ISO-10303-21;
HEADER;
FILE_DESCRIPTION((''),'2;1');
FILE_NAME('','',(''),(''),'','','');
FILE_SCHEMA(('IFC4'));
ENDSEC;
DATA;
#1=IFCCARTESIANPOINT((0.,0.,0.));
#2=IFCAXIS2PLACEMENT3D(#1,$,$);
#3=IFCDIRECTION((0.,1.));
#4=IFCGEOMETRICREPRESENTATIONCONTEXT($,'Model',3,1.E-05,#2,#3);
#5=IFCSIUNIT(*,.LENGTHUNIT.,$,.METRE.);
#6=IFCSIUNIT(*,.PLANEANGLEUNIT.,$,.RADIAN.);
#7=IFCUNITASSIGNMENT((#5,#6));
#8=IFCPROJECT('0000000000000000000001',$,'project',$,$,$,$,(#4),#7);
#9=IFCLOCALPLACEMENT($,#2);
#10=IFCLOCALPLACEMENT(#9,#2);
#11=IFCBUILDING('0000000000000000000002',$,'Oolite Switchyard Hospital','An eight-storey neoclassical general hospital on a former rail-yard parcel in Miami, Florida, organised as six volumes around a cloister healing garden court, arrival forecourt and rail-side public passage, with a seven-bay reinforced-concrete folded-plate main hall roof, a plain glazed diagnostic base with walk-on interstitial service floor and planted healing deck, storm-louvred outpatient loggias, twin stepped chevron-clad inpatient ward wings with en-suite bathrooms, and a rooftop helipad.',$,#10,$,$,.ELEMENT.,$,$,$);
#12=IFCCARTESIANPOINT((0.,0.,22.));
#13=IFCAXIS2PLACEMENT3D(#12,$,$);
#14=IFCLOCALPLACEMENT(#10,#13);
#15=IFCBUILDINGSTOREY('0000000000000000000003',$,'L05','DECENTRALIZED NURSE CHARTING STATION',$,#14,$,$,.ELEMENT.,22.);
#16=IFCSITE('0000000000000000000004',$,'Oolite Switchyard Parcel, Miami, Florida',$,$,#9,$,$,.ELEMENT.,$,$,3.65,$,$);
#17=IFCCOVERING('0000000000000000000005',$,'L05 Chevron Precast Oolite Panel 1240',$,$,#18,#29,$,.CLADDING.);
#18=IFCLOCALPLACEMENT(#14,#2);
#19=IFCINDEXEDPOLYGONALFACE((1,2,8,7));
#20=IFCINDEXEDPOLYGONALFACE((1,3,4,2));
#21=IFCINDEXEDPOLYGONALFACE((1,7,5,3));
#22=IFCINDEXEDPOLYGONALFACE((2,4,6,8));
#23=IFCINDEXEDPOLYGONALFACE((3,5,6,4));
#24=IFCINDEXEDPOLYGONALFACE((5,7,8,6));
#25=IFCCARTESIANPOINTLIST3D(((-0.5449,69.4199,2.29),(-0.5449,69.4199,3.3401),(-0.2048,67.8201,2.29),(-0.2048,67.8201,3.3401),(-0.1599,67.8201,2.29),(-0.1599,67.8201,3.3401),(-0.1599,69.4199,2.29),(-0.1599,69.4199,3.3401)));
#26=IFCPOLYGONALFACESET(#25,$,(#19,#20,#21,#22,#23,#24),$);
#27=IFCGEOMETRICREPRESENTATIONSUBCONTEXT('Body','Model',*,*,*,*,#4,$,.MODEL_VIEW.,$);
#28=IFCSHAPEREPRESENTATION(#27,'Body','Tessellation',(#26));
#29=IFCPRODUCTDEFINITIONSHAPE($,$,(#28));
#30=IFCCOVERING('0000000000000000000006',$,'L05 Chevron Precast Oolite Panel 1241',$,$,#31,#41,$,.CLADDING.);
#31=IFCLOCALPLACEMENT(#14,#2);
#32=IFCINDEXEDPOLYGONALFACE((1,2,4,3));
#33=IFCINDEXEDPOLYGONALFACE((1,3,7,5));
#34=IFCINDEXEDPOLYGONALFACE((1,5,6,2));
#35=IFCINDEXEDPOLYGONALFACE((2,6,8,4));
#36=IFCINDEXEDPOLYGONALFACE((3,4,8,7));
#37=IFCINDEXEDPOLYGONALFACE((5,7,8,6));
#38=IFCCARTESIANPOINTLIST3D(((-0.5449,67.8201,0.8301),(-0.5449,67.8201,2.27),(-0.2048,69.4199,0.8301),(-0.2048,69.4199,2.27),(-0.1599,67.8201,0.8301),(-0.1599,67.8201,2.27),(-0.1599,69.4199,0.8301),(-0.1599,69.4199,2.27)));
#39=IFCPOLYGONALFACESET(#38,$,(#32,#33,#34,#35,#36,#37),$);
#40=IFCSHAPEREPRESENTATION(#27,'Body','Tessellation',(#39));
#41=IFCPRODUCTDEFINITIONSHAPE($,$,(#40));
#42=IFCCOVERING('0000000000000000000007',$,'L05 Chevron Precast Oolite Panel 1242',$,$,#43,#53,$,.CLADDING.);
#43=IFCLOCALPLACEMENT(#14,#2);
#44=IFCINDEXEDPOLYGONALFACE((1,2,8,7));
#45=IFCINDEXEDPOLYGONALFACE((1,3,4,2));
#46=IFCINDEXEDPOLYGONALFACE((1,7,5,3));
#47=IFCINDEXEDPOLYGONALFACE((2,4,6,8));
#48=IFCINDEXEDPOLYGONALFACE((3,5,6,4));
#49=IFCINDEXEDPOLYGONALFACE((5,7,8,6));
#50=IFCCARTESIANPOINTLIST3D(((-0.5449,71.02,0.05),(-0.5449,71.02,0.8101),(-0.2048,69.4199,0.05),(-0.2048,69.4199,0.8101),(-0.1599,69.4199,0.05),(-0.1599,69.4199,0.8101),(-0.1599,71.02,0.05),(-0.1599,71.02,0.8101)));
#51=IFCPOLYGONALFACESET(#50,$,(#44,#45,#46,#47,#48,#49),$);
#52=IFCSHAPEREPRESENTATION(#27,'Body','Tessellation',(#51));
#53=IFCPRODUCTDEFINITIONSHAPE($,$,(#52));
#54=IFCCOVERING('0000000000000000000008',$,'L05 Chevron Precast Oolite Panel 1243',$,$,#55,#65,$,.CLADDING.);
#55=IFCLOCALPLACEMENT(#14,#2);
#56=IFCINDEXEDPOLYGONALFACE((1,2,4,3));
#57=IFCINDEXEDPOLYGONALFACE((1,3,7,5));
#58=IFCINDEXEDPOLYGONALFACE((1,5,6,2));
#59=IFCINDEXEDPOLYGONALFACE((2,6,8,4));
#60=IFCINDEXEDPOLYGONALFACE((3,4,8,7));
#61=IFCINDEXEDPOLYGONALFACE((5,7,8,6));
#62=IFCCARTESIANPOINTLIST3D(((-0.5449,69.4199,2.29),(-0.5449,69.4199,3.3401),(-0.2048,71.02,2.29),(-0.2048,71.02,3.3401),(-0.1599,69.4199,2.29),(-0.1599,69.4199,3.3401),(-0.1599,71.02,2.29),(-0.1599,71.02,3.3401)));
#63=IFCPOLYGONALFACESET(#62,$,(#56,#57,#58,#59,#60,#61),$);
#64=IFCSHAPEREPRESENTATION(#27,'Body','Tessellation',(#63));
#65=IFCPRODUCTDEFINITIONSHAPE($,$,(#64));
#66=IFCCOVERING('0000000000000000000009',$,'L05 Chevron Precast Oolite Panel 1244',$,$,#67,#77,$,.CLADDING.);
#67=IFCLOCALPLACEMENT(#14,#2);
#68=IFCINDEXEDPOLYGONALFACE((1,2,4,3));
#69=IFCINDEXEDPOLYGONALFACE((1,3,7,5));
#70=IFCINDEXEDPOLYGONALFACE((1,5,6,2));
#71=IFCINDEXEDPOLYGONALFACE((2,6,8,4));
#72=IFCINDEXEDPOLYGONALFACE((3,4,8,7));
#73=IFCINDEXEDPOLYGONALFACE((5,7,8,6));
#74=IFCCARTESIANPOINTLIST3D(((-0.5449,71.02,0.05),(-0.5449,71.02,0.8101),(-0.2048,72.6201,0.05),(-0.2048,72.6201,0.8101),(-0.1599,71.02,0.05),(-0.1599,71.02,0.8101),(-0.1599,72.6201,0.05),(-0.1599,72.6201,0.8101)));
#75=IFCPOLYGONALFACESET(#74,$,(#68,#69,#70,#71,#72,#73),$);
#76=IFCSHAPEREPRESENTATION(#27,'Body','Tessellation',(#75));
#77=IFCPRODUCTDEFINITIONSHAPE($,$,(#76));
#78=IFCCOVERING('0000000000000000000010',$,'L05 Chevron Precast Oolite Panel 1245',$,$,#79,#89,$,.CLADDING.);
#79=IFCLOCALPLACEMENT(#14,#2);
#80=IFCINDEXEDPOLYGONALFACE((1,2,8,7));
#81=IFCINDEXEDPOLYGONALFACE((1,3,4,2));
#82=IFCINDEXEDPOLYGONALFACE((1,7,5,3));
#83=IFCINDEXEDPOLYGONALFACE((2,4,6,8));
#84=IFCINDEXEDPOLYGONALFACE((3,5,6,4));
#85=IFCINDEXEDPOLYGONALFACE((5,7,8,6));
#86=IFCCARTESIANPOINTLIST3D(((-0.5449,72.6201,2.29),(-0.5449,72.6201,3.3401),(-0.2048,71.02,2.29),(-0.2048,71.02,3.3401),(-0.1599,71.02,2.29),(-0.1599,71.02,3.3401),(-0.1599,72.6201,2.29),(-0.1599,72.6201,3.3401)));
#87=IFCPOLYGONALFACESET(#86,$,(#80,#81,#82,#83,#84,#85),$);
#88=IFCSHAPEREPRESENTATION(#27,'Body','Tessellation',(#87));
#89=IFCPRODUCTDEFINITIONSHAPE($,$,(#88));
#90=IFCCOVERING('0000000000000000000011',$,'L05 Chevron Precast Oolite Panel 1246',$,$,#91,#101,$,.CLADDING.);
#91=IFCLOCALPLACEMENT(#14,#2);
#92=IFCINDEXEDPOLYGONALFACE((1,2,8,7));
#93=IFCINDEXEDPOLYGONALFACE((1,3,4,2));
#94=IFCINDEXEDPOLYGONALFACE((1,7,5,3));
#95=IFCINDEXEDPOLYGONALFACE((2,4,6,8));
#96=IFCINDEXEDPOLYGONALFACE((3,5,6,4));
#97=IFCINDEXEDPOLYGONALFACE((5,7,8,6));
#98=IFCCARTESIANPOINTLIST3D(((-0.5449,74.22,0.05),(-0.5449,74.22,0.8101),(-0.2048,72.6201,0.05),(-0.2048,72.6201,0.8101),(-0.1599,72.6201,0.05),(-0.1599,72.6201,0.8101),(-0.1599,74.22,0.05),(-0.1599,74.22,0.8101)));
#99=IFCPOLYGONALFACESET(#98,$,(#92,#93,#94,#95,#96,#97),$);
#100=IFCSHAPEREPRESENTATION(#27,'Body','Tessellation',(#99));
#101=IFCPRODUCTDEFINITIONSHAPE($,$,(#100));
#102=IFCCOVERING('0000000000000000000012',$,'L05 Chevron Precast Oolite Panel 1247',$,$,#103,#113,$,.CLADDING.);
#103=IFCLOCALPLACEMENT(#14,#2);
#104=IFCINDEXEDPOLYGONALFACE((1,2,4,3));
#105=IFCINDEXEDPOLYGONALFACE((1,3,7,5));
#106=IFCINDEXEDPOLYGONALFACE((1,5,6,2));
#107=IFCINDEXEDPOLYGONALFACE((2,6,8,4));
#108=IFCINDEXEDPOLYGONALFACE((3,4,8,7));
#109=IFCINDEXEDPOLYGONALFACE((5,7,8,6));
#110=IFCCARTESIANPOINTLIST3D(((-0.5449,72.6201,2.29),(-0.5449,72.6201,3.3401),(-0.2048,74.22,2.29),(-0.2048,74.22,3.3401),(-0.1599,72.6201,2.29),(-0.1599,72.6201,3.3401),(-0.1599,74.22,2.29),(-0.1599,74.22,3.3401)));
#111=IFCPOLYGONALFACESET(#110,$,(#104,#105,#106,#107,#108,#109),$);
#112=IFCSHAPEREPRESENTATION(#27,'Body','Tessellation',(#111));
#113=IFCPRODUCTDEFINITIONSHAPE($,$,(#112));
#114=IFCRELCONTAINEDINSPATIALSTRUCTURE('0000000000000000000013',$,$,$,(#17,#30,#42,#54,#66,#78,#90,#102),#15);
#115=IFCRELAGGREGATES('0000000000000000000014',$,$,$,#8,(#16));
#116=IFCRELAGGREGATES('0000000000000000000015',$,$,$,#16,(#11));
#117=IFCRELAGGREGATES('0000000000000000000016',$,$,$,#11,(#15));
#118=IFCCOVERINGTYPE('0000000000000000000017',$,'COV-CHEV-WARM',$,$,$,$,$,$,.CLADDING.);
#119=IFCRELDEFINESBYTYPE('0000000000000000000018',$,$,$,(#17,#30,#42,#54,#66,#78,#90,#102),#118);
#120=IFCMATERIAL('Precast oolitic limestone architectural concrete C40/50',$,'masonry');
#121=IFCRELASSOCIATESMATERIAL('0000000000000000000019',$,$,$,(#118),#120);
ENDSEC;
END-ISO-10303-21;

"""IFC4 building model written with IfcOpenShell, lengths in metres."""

from ifc_helpers import new_model, si_unit, direction, frame, origin, place, context, subcontext, project, spatial, polyline, outline, extrude, material, type_object, element, save


model = new_model("IFC4")

# Units and contexts
model_context = context("Model", 3, precision=1e-05, world=origin(), true_north=direction((0.0, 1.0)))
body_context = subcontext(model_context, "Body", "Model", "MODEL_VIEW")
ifc_project = project(units=[si_unit("LENGTHUNIT", "METRE"), si_unit("PLANEANGLEUNIT", "RADIAN")], contexts=[model_context])

# Site, building, storey
site_placement = place(None, origin())
site = spatial("IfcSite", under=ifc_project, at=site_placement, Name="Oolite Switchyard Parcel, Miami, Florida", CompositionType="ELEMENT", RefElevation=3.65)
building_placement = place(site_placement, origin())
building = spatial("IfcBuilding", under=site, at=building_placement, Name="Oolite Switchyard Hospital", Description="An eight-storey neoclassical general hospital on a former rail-yard parcel in Miami, Florida, organised as six volumes around a cloister healing garden court, arrival forecourt and rail-side public passage, with a seven-bay reinforced-concrete folded-plate main hall roof, a plain glazed diagnostic base with walk-on interstitial service floor and planted healing deck, storm-louvred outpatient loggias, twin stepped chevron-clad inpatient ward wings with en-suite bathrooms, and a rooftop helipad.", CompositionType="ELEMENT")
storey_placement = place(building_placement, frame((0.0, 0.0, 22.0)))
storey = spatial("IfcBuildingStorey", under=building, at=storey_placement, Name="L05", Description="DECENTRALIZED NURSE CHARTING STATION", CompositionType="ELEMENT", Elevation=22.0)

# Shared definitions
ifc_material_1 = material(Name="Precast oolitic limestone architectural concrete C40/50", Category="masonry")

# Coverings
covering_type = type_object("IfcCoveringType", Name="COV-CHEV-WARM", PredefinedType="CLADDING", material=ifc_material_1)
covering_1_placement = place(storey_placement, frame((-0.1599, 67.8201, 2.29), z_axis=(0.0, 0.0, 1.0), x_axis=(0.0, 1.0, 0.0)))
element("IfcCovering", 1, at=covering_1_placement, inside=storey, type_object=covering_type, Name="L05 Chevron Precast Oolite Panel 1240", PredefinedType="CLADDING", context=body_context, shape_type="SweptSolid", body=[
    extrude(outline(polyline([(0.0, 0.0), (1.5999, 0.0), (1.5999, 0.385), (0.0, 0.0449), (0.0, 0.0)])), origin(), (0.0, 0.0, 1.0), 1.05),
])
covering_2_placement = place(storey_placement, frame((-0.1599, 67.8201, 0.8301), z_axis=(0.0, 0.0, 1.0), x_axis=(0.0, 1.0, 0.0)))
element("IfcCovering", 2, at=covering_2_placement, inside=storey, type_object=covering_type, Name="L05 Chevron Precast Oolite Panel 1241", PredefinedType="CLADDING", context=body_context, shape_type="SweptSolid", body=[
    extrude(outline(polyline([(0.0, 0.0), (1.5999, 0.0), (1.5999, 0.0449), (0.0, 0.385), (0.0, 0.0)])), origin(), (0.0, 0.0, 1.0), 1.4399),
])
covering_3_placement = place(storey_placement, frame((-0.1599, 69.4199, 0.05), z_axis=(0.0, 0.0, 1.0), x_axis=(0.0, 1.0, 0.0)))
element("IfcCovering", 3, at=covering_3_placement, inside=storey, type_object=covering_type, Name="L05 Chevron Precast Oolite Panel 1242", PredefinedType="CLADDING", context=body_context, shape_type="SweptSolid", body=[
    extrude(outline(polyline([(0.0, 0.0), (1.6001, 0.0), (1.6001, 0.385), (0.0, 0.0449), (0.0, 0.0)])), origin(), (0.0, 0.0, 1.0), 0.76),
])
covering_4_placement = place(storey_placement, frame((-0.1599, 69.4199, 2.29), z_axis=(0.0, 0.0, 1.0), x_axis=(0.0, 1.0, 0.0)))
element("IfcCovering", 4, at=covering_4_placement, inside=storey, type_object=covering_type, Name="L05 Chevron Precast Oolite Panel 1243", PredefinedType="CLADDING", context=body_context, shape_type="SweptSolid", body=[
    extrude(outline(polyline([(0.0, 0.0), (1.6001, 0.0), (1.6001, 0.0449), (0.0, 0.385), (0.0, 0.0)])), origin(), (0.0, 0.0, 1.0), 1.05),
])
covering_5_placement = place(storey_placement, frame((-0.1599, 71.02, 0.05), z_axis=(0.0, 0.0, 1.0), x_axis=(0.0, 1.0, 0.0)))
element("IfcCovering", 5, at=covering_5_placement, inside=storey, type_object=covering_type, Name="L05 Chevron Precast Oolite Panel 1244", PredefinedType="CLADDING", context=body_context, shape_type="SweptSolid", body=[
    extrude(outline(polyline([(0.0, 0.0), (1.6001, 0.0), (1.6001, 0.0449), (0.0, 0.385), (0.0, 0.0)])), origin(), (0.0, 0.0, 1.0), 0.76),
])
covering_6_placement = place(storey_placement, frame((-0.1599, 71.02, 2.29), z_axis=(0.0, 0.0, 1.0), x_axis=(0.0, 1.0, 0.0)))
element("IfcCovering", 6, at=covering_6_placement, inside=storey, type_object=covering_type, Name="L05 Chevron Precast Oolite Panel 1245", PredefinedType="CLADDING", context=body_context, shape_type="SweptSolid", body=[
    extrude(outline(polyline([(0.0, 0.0), (1.6001, 0.0), (1.6001, 0.385), (0.0, 0.0449), (0.0, 0.0)])), origin(), (0.0, 0.0, 1.0), 1.05),
])
covering_7_placement = place(storey_placement, frame((-0.1599, 72.6201, 0.05), z_axis=(0.0, 0.0, 1.0), x_axis=(0.0, 1.0, 0.0)))
element("IfcCovering", 7, at=covering_7_placement, inside=storey, type_object=covering_type, Name="L05 Chevron Precast Oolite Panel 1246", PredefinedType="CLADDING", context=body_context, shape_type="SweptSolid", body=[
    extrude(outline(polyline([(0.0, 0.0), (1.5999, 0.0), (1.5999, 0.385), (0.0, 0.0449), (0.0, 0.0)])), origin(), (0.0, 0.0, 1.0), 0.76),
])
covering_8_placement = place(storey_placement, frame((-0.1599, 72.6201, 2.29), z_axis=(0.0, 0.0, 1.0), x_axis=(0.0, 1.0, 0.0)))
element("IfcCovering", 8, at=covering_8_placement, inside=storey, type_object=covering_type, Name="L05 Chevron Precast Oolite Panel 1247", PredefinedType="CLADDING", context=body_context, shape_type="SweptSolid", body=[
    extrude(outline(polyline([(0.0, 0.0), (1.5999, 0.0), (1.5999, 0.0449), (0.0, 0.385), (0.0, 0.0)])), origin(), (0.0, 0.0, 1.0), 1.05),
])

save(model, "model.ifc")
